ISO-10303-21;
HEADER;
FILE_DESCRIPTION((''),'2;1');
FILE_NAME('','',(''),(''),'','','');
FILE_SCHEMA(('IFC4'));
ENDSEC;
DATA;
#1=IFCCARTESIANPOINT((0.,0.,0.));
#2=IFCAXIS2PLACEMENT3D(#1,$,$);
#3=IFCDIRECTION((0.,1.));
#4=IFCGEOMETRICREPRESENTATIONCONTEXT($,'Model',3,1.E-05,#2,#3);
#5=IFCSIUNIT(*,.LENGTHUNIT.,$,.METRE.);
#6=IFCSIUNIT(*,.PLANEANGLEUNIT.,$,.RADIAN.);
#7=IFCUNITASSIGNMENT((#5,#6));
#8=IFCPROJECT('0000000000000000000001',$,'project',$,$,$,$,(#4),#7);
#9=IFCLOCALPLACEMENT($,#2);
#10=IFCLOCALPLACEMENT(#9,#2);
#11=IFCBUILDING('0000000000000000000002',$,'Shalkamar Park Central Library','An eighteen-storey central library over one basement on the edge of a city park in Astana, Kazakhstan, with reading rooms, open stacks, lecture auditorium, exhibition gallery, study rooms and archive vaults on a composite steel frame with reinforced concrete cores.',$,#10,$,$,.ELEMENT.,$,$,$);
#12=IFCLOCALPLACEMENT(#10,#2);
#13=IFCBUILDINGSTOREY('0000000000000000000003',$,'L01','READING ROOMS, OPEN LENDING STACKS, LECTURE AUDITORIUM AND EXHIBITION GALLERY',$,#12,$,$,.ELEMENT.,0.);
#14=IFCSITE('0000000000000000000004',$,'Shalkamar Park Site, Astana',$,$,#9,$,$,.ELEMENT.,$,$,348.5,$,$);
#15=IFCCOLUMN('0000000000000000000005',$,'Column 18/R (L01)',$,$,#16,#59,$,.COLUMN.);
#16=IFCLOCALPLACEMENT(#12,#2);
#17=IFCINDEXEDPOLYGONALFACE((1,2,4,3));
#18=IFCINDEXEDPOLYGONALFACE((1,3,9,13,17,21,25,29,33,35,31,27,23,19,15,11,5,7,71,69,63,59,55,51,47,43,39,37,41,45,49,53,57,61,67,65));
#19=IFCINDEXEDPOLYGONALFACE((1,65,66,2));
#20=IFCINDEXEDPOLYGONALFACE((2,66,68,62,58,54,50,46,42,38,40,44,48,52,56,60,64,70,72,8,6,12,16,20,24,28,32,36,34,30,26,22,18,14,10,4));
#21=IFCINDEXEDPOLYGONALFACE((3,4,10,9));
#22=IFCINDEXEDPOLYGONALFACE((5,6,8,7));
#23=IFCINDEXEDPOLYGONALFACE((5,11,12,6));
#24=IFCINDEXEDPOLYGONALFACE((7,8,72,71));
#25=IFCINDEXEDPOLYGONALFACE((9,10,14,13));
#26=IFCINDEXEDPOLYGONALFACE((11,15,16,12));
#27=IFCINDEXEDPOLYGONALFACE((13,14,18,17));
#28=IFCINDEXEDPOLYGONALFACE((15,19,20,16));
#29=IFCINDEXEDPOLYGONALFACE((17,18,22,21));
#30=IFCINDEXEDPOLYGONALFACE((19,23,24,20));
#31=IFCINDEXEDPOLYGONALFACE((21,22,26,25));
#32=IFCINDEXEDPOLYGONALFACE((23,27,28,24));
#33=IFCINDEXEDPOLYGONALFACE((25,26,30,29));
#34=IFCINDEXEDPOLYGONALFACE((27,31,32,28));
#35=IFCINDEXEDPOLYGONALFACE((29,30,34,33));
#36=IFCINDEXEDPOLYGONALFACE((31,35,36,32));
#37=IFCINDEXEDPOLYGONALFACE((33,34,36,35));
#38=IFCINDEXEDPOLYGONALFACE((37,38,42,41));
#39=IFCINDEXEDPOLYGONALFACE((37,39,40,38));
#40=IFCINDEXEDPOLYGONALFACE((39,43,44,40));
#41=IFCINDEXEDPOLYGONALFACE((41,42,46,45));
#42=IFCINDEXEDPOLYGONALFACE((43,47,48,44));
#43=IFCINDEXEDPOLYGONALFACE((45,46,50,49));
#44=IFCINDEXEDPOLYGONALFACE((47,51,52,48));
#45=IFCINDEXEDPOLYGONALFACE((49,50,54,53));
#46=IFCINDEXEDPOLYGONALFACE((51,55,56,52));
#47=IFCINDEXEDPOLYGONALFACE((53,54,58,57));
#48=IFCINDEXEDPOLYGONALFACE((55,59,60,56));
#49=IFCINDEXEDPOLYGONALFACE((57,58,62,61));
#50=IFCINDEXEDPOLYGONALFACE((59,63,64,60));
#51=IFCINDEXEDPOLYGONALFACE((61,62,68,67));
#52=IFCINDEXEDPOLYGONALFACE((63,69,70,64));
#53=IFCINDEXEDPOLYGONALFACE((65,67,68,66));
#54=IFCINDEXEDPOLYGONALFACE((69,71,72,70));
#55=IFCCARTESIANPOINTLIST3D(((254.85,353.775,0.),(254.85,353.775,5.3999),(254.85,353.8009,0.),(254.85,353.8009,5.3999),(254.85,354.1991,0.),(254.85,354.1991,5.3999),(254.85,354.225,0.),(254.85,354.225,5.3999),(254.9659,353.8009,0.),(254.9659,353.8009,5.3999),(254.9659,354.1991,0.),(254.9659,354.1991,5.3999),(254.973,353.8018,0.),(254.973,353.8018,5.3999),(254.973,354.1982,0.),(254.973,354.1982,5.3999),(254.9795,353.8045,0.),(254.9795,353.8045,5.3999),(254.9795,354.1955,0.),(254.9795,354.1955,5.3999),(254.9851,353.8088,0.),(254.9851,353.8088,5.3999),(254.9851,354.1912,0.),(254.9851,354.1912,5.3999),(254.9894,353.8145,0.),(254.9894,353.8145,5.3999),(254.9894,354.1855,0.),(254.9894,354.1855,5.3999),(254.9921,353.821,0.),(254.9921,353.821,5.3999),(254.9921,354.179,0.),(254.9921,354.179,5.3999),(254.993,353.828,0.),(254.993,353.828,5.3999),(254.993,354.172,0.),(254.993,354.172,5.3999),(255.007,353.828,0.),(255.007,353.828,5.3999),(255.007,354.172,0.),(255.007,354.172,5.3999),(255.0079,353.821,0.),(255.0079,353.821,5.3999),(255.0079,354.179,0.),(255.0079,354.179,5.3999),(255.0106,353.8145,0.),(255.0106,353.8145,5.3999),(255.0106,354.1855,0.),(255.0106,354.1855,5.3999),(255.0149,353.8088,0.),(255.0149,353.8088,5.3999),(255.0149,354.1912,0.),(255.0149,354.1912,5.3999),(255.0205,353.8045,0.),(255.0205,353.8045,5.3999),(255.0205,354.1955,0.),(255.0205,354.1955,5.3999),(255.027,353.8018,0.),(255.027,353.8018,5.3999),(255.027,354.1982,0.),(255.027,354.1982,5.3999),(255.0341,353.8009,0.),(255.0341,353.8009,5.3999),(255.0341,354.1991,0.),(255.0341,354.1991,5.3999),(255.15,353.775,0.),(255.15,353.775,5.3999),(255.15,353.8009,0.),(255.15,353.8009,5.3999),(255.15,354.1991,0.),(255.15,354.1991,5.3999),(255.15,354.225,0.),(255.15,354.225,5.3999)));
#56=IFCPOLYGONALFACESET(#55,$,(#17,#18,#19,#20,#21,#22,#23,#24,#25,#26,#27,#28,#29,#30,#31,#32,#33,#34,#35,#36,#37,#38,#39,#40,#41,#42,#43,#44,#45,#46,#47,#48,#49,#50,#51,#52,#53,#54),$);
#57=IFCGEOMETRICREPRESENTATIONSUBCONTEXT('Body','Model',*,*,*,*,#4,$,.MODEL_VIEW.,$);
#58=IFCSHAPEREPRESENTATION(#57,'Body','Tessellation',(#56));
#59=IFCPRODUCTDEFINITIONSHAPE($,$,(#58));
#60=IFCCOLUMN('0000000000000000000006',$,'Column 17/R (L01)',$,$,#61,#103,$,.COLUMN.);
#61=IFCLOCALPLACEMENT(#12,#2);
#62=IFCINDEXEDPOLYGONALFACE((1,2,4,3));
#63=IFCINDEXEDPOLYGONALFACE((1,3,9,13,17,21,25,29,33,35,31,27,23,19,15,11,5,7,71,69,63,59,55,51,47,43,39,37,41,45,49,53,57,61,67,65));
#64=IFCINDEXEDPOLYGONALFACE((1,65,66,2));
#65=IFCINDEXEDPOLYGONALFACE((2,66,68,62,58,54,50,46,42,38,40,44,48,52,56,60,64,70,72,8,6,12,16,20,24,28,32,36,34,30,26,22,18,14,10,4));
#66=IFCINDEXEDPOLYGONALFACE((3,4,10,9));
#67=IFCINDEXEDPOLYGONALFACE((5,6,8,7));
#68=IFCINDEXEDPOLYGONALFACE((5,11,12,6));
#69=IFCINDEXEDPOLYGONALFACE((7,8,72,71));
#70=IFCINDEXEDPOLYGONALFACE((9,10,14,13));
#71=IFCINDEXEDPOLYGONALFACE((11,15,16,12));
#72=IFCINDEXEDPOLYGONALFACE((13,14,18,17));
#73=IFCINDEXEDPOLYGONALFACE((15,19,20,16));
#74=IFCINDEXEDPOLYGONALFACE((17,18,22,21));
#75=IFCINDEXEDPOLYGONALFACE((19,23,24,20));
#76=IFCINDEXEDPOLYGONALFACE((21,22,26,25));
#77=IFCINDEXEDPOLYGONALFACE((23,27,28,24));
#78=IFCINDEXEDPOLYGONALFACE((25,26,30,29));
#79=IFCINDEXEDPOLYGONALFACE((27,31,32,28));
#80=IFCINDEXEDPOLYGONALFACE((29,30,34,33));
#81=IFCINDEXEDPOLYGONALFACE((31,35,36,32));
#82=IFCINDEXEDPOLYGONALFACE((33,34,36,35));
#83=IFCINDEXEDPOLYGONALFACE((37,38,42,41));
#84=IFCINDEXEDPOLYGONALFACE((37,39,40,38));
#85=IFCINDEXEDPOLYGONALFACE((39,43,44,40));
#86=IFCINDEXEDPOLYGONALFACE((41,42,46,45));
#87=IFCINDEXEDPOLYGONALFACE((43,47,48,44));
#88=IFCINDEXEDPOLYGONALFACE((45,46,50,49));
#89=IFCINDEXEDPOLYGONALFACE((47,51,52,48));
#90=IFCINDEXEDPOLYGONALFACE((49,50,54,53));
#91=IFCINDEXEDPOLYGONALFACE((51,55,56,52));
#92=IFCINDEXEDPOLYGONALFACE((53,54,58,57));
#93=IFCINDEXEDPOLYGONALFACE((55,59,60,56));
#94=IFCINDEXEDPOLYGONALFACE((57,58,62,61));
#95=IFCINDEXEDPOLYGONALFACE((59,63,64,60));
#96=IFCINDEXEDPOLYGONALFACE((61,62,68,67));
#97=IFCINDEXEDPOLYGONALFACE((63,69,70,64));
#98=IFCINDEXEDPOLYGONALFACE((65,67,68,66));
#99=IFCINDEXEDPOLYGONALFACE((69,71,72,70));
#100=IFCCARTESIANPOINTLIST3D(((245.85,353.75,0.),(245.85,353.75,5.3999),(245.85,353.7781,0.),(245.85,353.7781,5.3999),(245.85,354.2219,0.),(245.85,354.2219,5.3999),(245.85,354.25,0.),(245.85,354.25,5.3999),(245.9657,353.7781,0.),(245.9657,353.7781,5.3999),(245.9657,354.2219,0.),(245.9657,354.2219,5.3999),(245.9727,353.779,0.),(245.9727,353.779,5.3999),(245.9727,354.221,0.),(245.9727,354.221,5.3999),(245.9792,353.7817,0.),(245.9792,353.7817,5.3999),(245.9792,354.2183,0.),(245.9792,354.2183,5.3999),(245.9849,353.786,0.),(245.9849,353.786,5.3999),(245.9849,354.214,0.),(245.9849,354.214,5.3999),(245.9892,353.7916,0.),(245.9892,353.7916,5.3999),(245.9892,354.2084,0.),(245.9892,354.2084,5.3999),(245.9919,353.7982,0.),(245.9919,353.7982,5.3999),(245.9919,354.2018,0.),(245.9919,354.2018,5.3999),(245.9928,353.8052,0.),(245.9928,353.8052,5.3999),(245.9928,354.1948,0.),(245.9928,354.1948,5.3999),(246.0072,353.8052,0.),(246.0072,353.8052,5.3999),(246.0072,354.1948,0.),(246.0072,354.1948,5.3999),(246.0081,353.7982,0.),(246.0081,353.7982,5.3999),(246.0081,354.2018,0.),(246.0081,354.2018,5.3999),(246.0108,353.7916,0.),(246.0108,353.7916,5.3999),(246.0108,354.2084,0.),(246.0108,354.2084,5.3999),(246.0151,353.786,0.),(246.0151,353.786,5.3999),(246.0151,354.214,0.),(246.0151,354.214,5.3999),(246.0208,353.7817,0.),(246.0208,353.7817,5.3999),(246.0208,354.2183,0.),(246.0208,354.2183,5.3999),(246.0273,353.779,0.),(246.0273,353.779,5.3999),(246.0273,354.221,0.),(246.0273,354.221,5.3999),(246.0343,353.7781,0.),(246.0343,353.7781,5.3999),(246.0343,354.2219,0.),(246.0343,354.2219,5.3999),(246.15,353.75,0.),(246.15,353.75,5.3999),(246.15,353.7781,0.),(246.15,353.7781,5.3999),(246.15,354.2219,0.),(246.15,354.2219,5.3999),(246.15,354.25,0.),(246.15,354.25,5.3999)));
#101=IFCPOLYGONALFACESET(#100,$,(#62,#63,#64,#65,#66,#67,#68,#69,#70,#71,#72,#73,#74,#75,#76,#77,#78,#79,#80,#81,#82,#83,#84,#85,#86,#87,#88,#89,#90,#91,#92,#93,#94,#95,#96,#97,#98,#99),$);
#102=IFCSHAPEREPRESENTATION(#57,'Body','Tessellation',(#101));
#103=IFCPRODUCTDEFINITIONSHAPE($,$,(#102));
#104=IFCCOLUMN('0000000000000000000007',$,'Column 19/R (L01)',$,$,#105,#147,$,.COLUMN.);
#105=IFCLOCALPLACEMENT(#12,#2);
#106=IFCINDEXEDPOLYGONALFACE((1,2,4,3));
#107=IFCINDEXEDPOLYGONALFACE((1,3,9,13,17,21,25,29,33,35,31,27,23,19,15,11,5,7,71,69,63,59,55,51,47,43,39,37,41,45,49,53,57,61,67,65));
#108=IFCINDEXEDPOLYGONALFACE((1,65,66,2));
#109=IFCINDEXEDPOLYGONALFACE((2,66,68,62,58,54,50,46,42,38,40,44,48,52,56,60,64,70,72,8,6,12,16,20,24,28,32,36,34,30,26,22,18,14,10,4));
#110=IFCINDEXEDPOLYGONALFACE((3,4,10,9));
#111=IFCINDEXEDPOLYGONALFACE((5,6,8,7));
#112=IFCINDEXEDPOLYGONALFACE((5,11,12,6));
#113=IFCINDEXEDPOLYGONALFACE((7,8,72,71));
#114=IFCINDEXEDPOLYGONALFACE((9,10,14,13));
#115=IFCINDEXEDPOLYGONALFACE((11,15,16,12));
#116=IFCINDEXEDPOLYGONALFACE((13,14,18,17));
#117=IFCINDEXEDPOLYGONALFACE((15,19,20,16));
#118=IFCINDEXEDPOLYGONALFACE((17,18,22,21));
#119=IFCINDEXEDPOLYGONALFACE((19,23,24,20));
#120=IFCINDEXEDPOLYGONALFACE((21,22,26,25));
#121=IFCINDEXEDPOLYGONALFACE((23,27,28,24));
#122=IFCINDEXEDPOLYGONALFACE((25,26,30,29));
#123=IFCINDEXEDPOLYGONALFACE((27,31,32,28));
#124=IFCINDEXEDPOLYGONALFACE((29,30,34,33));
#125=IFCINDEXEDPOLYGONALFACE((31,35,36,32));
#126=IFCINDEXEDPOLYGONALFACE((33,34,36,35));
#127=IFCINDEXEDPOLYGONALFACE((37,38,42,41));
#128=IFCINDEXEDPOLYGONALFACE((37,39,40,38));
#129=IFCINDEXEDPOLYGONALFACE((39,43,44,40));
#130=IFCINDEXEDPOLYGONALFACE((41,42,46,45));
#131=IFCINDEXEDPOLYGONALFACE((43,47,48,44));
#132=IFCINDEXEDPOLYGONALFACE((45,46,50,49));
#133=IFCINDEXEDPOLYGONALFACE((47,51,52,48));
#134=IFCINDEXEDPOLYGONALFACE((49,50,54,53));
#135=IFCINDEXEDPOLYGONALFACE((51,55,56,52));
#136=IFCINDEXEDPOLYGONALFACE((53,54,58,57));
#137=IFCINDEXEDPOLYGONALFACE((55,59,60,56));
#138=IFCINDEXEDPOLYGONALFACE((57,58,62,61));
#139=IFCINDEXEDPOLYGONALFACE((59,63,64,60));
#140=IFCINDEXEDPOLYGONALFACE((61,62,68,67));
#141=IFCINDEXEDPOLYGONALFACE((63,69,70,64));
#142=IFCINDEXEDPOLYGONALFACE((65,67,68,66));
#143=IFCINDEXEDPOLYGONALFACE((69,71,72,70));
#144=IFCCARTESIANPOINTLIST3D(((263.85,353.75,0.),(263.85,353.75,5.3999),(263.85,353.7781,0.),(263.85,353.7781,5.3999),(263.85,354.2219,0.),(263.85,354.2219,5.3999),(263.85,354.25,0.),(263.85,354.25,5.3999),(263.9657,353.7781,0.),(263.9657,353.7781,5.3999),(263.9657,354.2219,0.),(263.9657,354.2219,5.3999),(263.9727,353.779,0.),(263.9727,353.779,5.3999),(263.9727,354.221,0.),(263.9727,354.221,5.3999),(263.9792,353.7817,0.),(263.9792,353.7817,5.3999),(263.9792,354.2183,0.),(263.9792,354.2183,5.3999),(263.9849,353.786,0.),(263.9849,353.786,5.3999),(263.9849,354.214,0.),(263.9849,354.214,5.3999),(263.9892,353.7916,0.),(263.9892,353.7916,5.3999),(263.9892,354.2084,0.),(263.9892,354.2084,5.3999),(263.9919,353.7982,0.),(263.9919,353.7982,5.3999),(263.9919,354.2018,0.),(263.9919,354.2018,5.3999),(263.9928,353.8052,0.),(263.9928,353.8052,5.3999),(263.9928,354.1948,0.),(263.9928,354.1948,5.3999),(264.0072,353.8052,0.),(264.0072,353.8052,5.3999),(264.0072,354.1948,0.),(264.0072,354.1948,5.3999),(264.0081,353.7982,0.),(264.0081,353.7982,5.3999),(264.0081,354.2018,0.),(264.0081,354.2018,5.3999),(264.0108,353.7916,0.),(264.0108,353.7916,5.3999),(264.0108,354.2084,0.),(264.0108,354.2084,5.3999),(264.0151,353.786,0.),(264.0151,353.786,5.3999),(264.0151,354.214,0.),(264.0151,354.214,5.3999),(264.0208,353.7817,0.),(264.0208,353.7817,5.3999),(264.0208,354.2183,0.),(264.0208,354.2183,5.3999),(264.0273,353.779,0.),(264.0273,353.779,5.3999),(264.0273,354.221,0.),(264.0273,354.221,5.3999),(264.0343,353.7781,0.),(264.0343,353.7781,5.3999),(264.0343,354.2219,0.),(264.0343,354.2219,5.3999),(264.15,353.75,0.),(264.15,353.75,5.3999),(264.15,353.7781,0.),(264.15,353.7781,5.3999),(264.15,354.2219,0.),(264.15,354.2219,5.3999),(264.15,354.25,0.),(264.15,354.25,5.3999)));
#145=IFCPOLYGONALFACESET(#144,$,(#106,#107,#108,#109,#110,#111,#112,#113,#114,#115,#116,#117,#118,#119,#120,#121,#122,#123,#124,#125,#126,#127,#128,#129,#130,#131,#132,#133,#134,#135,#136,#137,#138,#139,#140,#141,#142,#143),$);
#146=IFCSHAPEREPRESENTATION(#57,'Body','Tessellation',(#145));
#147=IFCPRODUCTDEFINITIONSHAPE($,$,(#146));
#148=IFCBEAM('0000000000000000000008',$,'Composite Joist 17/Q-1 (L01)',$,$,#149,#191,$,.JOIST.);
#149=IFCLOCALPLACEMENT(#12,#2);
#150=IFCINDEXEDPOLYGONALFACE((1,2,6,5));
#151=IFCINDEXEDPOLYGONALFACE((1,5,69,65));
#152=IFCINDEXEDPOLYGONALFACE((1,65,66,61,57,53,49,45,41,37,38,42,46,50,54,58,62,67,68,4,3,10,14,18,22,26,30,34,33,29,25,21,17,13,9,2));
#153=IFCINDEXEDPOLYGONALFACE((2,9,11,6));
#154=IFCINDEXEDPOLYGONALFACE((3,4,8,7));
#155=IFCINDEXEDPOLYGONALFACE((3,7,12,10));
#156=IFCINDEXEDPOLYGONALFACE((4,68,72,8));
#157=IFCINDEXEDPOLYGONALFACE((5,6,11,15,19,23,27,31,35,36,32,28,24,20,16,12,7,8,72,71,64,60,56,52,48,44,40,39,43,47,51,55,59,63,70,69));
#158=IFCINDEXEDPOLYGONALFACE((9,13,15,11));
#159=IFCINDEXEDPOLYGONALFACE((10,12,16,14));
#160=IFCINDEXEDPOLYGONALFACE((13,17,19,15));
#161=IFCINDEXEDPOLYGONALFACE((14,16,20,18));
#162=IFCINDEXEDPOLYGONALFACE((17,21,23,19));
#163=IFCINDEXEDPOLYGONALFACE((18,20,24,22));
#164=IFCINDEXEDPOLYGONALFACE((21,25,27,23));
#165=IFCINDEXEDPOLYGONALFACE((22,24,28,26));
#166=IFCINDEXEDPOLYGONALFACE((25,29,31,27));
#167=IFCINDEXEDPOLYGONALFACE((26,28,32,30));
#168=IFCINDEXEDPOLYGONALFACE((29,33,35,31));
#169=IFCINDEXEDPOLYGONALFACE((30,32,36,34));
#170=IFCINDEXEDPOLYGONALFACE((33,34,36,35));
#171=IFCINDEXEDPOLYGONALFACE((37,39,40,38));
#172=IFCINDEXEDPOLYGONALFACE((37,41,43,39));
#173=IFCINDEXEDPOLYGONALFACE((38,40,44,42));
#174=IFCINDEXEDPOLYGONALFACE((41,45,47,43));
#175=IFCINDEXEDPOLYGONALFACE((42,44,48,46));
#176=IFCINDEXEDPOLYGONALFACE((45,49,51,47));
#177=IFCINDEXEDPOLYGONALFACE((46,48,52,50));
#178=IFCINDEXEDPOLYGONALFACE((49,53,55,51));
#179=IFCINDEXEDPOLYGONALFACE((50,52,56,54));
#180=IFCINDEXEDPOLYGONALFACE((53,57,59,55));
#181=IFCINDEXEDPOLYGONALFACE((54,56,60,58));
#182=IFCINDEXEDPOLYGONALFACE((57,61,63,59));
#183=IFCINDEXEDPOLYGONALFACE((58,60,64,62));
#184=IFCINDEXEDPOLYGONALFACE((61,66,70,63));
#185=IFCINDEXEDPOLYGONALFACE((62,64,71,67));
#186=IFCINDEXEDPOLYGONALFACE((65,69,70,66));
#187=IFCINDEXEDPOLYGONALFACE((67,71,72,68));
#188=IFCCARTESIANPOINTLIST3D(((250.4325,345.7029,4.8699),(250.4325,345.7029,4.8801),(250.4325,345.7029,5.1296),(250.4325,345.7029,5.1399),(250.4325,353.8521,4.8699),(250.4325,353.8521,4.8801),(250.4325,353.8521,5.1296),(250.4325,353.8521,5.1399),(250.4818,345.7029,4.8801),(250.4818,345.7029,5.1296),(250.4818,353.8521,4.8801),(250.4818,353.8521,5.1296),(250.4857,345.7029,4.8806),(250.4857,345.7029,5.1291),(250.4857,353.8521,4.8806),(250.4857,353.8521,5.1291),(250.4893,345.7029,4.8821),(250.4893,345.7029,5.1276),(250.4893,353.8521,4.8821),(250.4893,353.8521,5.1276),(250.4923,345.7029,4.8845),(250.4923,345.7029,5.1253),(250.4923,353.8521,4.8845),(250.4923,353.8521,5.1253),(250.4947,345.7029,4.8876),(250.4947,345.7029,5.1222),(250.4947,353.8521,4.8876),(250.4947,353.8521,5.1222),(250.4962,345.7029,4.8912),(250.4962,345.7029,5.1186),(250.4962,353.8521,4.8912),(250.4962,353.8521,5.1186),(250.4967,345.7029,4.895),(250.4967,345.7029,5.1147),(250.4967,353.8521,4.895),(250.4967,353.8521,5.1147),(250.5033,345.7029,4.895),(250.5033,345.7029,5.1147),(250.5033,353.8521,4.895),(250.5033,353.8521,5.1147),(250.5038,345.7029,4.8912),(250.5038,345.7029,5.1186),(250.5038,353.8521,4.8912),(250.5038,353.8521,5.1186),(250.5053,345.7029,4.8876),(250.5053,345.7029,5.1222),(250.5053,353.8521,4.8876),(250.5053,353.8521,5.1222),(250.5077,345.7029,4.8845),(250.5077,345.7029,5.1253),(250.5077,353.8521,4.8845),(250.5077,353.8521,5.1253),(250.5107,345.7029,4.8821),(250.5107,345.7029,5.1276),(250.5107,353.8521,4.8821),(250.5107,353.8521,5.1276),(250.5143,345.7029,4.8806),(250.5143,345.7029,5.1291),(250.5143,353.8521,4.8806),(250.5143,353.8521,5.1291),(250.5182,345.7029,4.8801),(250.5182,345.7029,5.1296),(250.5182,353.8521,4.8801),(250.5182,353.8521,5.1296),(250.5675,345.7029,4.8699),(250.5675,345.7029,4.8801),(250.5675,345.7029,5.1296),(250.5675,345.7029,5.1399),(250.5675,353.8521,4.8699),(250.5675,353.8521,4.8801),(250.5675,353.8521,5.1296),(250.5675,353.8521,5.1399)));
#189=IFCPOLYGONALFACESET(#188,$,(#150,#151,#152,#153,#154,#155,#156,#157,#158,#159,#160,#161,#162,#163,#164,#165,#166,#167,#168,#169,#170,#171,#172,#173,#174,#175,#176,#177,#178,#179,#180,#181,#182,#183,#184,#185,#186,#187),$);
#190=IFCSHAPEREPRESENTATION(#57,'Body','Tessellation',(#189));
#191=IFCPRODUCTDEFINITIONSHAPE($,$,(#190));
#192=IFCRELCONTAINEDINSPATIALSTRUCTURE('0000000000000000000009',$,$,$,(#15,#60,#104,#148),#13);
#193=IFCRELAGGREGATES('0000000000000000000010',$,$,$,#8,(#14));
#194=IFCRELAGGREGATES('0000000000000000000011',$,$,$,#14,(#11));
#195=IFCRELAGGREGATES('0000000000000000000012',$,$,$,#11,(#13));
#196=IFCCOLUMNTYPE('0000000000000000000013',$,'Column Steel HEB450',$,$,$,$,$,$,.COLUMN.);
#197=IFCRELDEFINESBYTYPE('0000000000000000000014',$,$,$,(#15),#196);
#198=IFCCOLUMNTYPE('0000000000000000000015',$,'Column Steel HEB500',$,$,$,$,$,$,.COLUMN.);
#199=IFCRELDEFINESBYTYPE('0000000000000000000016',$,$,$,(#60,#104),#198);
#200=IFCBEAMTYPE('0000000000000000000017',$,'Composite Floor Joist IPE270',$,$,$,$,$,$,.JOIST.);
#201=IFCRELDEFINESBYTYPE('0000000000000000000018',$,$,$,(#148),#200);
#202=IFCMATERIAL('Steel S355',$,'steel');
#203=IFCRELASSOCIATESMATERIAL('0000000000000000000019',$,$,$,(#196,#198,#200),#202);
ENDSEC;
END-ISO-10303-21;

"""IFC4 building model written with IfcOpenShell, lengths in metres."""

from ifc_helpers import new_model, si_unit, direction, frame, origin, origin_2d, place, context, subcontext, project, spatial, i_section, extrude, material, material_profile, profile_set, type_object, element, save


model = new_model("IFC4")

# Units and contexts
model_context = context("Model", 3, precision=1e-05, world=origin(), true_north=direction((0.0, 1.0)))
body_context = subcontext(model_context, "Body", "Model", "MODEL_VIEW")
ifc_project = project(units=[si_unit("LENGTHUNIT", "METRE"), si_unit("PLANEANGLEUNIT", "RADIAN")], contexts=[model_context])

# Site, building, storey
site_placement = place(None, origin())
site = spatial("IfcSite", under=ifc_project, at=site_placement, Name="Shalkamar Park Site, Astana", CompositionType="ELEMENT", RefElevation=348.5)
building_placement = place(site_placement, origin())
building = spatial("IfcBuilding", under=site, at=building_placement, Name="Shalkamar Park Central Library", Description="An eighteen-storey central library over one basement on the edge of a city park in Astana, Kazakhstan, with reading rooms, open stacks, lecture auditorium, exhibition gallery, study rooms and archive vaults on a composite steel frame with reinforced concrete cores.", CompositionType="ELEMENT")
storey_placement = place(building_placement, origin())
storey = spatial("IfcBuildingStorey", under=building, at=storey_placement, Name="L01", Description="READING ROOMS, OPEN LENDING STACKS, LECTURE AUDITORIUM AND EXHIBITION GALLERY", CompositionType="ELEMENT", Elevation=0.0)

# Columns
ifc_material_1 = material(Name="Steel S355", Category="steel")
ifc_material_profile_1 = material_profile(ifc_material_1, i_section(OverallWidth=0.3, OverallDepth=0.45, WebThickness=0.0139, FlangeThickness=0.0259, FilletRadius=0.0271, at=origin_2d()), Name="HEB 450")
ifc_profile_set_1 = profile_set([ifc_material_profile_1], Name="Steel S355")
column_type_1 = type_object("IfcColumnType", Name="Column Steel HEB450", PredefinedType="COLUMN", material=ifc_profile_set_1)
column_placement = place(storey_placement, frame((255.0, 354.0, 0.0), z_axis=(0.0, 0.0, 1.0), x_axis=(1.0, 0.0, 0.0)))
element("IfcColumn", 1, at=column_placement, inside=storey, type_object=column_type_1, Name="Column 18/R (L01)", PredefinedType="COLUMN", context=body_context, shape_type="SweptSolid", body=[
    extrude(i_section(OverallWidth=0.3, OverallDepth=0.45, WebThickness=0.0139, FlangeThickness=0.0259, FilletRadius=0.0271, at=origin_2d()), origin(), (0.0, 0.0, 1.0), 5.3999),
])
ifc_material_profile_2 = material_profile(ifc_material_1, i_section(OverallWidth=0.3, OverallDepth=0.5, WebThickness=0.0144, FlangeThickness=0.0281, FilletRadius=0.0271, at=origin_2d()), Name="HEB 500")
ifc_profile_set_2 = profile_set([ifc_material_profile_2], Name="Steel S355")
column_type_2 = type_object("IfcColumnType", Name="Column Steel HEB500", PredefinedType="COLUMN", material=ifc_profile_set_2)
for number, where, z_axis, x_axis, name in (
    (2, (246.0, 354.0, 0.0), (0.0, 0.0, 1.0), (1.0, 0.0, 0.0), "Column 17/R (L01)"),
    (3, (264.0, 354.0, 0.0), (0.0, 0.0, 1.0), (1.0, 0.0, 0.0), "Column 19/R (L01)"),
):
    element("IfcColumn", number, at=place(storey_placement, frame(where, z_axis=z_axis, x_axis=x_axis)), inside=storey, type_object=column_type_2, Name=name, PredefinedType="COLUMN", context=body_context, shape_type="SweptSolid", body=[
        extrude(i_section(OverallWidth=0.3, OverallDepth=0.5, WebThickness=0.0144, FlangeThickness=0.0281, FilletRadius=0.0271, at=origin_2d()), origin(), (0.0, 0.0, 1.0), 5.3999),
    ])

# Beam
ifc_material_profile_3 = material_profile(ifc_material_1, i_section(OverallWidth=0.135, OverallDepth=0.27, WebThickness=0.0066, FlangeThickness=0.0103, FilletRadius=0.0149, at=origin_2d()), Name="IPE 270")
ifc_profile_set_3 = profile_set([ifc_material_profile_3], Name="Steel S355")
beam_type_1 = type_object("IfcBeamType", Name="Composite Floor Joist IPE270", PredefinedType="JOIST", material=ifc_profile_set_3)
for number, where, z_axis, x_axis, name in (
    (4, (250.5, 345.7029, 5.0049), (0.0, 1.0, 0.0), (-1.0, 0.0, 0.0), "Composite Joist 17/Q-1 (L01)"),
):
    element("IfcBeam", number, at=place(storey_placement, frame(where, z_axis=z_axis, x_axis=x_axis)), inside=storey, type_object=beam_type_1, Name=name, PredefinedType="JOIST", context=body_context, shape_type="SweptSolid", body=[
        extrude(i_section(OverallWidth=0.135, OverallDepth=0.27, WebThickness=0.0066, FlangeThickness=0.0103, FilletRadius=0.0149, at=origin_2d()), origin(), (0.0, 0.0, 1.0), 8.1492),
    ])

save(model, "model.ifc")
